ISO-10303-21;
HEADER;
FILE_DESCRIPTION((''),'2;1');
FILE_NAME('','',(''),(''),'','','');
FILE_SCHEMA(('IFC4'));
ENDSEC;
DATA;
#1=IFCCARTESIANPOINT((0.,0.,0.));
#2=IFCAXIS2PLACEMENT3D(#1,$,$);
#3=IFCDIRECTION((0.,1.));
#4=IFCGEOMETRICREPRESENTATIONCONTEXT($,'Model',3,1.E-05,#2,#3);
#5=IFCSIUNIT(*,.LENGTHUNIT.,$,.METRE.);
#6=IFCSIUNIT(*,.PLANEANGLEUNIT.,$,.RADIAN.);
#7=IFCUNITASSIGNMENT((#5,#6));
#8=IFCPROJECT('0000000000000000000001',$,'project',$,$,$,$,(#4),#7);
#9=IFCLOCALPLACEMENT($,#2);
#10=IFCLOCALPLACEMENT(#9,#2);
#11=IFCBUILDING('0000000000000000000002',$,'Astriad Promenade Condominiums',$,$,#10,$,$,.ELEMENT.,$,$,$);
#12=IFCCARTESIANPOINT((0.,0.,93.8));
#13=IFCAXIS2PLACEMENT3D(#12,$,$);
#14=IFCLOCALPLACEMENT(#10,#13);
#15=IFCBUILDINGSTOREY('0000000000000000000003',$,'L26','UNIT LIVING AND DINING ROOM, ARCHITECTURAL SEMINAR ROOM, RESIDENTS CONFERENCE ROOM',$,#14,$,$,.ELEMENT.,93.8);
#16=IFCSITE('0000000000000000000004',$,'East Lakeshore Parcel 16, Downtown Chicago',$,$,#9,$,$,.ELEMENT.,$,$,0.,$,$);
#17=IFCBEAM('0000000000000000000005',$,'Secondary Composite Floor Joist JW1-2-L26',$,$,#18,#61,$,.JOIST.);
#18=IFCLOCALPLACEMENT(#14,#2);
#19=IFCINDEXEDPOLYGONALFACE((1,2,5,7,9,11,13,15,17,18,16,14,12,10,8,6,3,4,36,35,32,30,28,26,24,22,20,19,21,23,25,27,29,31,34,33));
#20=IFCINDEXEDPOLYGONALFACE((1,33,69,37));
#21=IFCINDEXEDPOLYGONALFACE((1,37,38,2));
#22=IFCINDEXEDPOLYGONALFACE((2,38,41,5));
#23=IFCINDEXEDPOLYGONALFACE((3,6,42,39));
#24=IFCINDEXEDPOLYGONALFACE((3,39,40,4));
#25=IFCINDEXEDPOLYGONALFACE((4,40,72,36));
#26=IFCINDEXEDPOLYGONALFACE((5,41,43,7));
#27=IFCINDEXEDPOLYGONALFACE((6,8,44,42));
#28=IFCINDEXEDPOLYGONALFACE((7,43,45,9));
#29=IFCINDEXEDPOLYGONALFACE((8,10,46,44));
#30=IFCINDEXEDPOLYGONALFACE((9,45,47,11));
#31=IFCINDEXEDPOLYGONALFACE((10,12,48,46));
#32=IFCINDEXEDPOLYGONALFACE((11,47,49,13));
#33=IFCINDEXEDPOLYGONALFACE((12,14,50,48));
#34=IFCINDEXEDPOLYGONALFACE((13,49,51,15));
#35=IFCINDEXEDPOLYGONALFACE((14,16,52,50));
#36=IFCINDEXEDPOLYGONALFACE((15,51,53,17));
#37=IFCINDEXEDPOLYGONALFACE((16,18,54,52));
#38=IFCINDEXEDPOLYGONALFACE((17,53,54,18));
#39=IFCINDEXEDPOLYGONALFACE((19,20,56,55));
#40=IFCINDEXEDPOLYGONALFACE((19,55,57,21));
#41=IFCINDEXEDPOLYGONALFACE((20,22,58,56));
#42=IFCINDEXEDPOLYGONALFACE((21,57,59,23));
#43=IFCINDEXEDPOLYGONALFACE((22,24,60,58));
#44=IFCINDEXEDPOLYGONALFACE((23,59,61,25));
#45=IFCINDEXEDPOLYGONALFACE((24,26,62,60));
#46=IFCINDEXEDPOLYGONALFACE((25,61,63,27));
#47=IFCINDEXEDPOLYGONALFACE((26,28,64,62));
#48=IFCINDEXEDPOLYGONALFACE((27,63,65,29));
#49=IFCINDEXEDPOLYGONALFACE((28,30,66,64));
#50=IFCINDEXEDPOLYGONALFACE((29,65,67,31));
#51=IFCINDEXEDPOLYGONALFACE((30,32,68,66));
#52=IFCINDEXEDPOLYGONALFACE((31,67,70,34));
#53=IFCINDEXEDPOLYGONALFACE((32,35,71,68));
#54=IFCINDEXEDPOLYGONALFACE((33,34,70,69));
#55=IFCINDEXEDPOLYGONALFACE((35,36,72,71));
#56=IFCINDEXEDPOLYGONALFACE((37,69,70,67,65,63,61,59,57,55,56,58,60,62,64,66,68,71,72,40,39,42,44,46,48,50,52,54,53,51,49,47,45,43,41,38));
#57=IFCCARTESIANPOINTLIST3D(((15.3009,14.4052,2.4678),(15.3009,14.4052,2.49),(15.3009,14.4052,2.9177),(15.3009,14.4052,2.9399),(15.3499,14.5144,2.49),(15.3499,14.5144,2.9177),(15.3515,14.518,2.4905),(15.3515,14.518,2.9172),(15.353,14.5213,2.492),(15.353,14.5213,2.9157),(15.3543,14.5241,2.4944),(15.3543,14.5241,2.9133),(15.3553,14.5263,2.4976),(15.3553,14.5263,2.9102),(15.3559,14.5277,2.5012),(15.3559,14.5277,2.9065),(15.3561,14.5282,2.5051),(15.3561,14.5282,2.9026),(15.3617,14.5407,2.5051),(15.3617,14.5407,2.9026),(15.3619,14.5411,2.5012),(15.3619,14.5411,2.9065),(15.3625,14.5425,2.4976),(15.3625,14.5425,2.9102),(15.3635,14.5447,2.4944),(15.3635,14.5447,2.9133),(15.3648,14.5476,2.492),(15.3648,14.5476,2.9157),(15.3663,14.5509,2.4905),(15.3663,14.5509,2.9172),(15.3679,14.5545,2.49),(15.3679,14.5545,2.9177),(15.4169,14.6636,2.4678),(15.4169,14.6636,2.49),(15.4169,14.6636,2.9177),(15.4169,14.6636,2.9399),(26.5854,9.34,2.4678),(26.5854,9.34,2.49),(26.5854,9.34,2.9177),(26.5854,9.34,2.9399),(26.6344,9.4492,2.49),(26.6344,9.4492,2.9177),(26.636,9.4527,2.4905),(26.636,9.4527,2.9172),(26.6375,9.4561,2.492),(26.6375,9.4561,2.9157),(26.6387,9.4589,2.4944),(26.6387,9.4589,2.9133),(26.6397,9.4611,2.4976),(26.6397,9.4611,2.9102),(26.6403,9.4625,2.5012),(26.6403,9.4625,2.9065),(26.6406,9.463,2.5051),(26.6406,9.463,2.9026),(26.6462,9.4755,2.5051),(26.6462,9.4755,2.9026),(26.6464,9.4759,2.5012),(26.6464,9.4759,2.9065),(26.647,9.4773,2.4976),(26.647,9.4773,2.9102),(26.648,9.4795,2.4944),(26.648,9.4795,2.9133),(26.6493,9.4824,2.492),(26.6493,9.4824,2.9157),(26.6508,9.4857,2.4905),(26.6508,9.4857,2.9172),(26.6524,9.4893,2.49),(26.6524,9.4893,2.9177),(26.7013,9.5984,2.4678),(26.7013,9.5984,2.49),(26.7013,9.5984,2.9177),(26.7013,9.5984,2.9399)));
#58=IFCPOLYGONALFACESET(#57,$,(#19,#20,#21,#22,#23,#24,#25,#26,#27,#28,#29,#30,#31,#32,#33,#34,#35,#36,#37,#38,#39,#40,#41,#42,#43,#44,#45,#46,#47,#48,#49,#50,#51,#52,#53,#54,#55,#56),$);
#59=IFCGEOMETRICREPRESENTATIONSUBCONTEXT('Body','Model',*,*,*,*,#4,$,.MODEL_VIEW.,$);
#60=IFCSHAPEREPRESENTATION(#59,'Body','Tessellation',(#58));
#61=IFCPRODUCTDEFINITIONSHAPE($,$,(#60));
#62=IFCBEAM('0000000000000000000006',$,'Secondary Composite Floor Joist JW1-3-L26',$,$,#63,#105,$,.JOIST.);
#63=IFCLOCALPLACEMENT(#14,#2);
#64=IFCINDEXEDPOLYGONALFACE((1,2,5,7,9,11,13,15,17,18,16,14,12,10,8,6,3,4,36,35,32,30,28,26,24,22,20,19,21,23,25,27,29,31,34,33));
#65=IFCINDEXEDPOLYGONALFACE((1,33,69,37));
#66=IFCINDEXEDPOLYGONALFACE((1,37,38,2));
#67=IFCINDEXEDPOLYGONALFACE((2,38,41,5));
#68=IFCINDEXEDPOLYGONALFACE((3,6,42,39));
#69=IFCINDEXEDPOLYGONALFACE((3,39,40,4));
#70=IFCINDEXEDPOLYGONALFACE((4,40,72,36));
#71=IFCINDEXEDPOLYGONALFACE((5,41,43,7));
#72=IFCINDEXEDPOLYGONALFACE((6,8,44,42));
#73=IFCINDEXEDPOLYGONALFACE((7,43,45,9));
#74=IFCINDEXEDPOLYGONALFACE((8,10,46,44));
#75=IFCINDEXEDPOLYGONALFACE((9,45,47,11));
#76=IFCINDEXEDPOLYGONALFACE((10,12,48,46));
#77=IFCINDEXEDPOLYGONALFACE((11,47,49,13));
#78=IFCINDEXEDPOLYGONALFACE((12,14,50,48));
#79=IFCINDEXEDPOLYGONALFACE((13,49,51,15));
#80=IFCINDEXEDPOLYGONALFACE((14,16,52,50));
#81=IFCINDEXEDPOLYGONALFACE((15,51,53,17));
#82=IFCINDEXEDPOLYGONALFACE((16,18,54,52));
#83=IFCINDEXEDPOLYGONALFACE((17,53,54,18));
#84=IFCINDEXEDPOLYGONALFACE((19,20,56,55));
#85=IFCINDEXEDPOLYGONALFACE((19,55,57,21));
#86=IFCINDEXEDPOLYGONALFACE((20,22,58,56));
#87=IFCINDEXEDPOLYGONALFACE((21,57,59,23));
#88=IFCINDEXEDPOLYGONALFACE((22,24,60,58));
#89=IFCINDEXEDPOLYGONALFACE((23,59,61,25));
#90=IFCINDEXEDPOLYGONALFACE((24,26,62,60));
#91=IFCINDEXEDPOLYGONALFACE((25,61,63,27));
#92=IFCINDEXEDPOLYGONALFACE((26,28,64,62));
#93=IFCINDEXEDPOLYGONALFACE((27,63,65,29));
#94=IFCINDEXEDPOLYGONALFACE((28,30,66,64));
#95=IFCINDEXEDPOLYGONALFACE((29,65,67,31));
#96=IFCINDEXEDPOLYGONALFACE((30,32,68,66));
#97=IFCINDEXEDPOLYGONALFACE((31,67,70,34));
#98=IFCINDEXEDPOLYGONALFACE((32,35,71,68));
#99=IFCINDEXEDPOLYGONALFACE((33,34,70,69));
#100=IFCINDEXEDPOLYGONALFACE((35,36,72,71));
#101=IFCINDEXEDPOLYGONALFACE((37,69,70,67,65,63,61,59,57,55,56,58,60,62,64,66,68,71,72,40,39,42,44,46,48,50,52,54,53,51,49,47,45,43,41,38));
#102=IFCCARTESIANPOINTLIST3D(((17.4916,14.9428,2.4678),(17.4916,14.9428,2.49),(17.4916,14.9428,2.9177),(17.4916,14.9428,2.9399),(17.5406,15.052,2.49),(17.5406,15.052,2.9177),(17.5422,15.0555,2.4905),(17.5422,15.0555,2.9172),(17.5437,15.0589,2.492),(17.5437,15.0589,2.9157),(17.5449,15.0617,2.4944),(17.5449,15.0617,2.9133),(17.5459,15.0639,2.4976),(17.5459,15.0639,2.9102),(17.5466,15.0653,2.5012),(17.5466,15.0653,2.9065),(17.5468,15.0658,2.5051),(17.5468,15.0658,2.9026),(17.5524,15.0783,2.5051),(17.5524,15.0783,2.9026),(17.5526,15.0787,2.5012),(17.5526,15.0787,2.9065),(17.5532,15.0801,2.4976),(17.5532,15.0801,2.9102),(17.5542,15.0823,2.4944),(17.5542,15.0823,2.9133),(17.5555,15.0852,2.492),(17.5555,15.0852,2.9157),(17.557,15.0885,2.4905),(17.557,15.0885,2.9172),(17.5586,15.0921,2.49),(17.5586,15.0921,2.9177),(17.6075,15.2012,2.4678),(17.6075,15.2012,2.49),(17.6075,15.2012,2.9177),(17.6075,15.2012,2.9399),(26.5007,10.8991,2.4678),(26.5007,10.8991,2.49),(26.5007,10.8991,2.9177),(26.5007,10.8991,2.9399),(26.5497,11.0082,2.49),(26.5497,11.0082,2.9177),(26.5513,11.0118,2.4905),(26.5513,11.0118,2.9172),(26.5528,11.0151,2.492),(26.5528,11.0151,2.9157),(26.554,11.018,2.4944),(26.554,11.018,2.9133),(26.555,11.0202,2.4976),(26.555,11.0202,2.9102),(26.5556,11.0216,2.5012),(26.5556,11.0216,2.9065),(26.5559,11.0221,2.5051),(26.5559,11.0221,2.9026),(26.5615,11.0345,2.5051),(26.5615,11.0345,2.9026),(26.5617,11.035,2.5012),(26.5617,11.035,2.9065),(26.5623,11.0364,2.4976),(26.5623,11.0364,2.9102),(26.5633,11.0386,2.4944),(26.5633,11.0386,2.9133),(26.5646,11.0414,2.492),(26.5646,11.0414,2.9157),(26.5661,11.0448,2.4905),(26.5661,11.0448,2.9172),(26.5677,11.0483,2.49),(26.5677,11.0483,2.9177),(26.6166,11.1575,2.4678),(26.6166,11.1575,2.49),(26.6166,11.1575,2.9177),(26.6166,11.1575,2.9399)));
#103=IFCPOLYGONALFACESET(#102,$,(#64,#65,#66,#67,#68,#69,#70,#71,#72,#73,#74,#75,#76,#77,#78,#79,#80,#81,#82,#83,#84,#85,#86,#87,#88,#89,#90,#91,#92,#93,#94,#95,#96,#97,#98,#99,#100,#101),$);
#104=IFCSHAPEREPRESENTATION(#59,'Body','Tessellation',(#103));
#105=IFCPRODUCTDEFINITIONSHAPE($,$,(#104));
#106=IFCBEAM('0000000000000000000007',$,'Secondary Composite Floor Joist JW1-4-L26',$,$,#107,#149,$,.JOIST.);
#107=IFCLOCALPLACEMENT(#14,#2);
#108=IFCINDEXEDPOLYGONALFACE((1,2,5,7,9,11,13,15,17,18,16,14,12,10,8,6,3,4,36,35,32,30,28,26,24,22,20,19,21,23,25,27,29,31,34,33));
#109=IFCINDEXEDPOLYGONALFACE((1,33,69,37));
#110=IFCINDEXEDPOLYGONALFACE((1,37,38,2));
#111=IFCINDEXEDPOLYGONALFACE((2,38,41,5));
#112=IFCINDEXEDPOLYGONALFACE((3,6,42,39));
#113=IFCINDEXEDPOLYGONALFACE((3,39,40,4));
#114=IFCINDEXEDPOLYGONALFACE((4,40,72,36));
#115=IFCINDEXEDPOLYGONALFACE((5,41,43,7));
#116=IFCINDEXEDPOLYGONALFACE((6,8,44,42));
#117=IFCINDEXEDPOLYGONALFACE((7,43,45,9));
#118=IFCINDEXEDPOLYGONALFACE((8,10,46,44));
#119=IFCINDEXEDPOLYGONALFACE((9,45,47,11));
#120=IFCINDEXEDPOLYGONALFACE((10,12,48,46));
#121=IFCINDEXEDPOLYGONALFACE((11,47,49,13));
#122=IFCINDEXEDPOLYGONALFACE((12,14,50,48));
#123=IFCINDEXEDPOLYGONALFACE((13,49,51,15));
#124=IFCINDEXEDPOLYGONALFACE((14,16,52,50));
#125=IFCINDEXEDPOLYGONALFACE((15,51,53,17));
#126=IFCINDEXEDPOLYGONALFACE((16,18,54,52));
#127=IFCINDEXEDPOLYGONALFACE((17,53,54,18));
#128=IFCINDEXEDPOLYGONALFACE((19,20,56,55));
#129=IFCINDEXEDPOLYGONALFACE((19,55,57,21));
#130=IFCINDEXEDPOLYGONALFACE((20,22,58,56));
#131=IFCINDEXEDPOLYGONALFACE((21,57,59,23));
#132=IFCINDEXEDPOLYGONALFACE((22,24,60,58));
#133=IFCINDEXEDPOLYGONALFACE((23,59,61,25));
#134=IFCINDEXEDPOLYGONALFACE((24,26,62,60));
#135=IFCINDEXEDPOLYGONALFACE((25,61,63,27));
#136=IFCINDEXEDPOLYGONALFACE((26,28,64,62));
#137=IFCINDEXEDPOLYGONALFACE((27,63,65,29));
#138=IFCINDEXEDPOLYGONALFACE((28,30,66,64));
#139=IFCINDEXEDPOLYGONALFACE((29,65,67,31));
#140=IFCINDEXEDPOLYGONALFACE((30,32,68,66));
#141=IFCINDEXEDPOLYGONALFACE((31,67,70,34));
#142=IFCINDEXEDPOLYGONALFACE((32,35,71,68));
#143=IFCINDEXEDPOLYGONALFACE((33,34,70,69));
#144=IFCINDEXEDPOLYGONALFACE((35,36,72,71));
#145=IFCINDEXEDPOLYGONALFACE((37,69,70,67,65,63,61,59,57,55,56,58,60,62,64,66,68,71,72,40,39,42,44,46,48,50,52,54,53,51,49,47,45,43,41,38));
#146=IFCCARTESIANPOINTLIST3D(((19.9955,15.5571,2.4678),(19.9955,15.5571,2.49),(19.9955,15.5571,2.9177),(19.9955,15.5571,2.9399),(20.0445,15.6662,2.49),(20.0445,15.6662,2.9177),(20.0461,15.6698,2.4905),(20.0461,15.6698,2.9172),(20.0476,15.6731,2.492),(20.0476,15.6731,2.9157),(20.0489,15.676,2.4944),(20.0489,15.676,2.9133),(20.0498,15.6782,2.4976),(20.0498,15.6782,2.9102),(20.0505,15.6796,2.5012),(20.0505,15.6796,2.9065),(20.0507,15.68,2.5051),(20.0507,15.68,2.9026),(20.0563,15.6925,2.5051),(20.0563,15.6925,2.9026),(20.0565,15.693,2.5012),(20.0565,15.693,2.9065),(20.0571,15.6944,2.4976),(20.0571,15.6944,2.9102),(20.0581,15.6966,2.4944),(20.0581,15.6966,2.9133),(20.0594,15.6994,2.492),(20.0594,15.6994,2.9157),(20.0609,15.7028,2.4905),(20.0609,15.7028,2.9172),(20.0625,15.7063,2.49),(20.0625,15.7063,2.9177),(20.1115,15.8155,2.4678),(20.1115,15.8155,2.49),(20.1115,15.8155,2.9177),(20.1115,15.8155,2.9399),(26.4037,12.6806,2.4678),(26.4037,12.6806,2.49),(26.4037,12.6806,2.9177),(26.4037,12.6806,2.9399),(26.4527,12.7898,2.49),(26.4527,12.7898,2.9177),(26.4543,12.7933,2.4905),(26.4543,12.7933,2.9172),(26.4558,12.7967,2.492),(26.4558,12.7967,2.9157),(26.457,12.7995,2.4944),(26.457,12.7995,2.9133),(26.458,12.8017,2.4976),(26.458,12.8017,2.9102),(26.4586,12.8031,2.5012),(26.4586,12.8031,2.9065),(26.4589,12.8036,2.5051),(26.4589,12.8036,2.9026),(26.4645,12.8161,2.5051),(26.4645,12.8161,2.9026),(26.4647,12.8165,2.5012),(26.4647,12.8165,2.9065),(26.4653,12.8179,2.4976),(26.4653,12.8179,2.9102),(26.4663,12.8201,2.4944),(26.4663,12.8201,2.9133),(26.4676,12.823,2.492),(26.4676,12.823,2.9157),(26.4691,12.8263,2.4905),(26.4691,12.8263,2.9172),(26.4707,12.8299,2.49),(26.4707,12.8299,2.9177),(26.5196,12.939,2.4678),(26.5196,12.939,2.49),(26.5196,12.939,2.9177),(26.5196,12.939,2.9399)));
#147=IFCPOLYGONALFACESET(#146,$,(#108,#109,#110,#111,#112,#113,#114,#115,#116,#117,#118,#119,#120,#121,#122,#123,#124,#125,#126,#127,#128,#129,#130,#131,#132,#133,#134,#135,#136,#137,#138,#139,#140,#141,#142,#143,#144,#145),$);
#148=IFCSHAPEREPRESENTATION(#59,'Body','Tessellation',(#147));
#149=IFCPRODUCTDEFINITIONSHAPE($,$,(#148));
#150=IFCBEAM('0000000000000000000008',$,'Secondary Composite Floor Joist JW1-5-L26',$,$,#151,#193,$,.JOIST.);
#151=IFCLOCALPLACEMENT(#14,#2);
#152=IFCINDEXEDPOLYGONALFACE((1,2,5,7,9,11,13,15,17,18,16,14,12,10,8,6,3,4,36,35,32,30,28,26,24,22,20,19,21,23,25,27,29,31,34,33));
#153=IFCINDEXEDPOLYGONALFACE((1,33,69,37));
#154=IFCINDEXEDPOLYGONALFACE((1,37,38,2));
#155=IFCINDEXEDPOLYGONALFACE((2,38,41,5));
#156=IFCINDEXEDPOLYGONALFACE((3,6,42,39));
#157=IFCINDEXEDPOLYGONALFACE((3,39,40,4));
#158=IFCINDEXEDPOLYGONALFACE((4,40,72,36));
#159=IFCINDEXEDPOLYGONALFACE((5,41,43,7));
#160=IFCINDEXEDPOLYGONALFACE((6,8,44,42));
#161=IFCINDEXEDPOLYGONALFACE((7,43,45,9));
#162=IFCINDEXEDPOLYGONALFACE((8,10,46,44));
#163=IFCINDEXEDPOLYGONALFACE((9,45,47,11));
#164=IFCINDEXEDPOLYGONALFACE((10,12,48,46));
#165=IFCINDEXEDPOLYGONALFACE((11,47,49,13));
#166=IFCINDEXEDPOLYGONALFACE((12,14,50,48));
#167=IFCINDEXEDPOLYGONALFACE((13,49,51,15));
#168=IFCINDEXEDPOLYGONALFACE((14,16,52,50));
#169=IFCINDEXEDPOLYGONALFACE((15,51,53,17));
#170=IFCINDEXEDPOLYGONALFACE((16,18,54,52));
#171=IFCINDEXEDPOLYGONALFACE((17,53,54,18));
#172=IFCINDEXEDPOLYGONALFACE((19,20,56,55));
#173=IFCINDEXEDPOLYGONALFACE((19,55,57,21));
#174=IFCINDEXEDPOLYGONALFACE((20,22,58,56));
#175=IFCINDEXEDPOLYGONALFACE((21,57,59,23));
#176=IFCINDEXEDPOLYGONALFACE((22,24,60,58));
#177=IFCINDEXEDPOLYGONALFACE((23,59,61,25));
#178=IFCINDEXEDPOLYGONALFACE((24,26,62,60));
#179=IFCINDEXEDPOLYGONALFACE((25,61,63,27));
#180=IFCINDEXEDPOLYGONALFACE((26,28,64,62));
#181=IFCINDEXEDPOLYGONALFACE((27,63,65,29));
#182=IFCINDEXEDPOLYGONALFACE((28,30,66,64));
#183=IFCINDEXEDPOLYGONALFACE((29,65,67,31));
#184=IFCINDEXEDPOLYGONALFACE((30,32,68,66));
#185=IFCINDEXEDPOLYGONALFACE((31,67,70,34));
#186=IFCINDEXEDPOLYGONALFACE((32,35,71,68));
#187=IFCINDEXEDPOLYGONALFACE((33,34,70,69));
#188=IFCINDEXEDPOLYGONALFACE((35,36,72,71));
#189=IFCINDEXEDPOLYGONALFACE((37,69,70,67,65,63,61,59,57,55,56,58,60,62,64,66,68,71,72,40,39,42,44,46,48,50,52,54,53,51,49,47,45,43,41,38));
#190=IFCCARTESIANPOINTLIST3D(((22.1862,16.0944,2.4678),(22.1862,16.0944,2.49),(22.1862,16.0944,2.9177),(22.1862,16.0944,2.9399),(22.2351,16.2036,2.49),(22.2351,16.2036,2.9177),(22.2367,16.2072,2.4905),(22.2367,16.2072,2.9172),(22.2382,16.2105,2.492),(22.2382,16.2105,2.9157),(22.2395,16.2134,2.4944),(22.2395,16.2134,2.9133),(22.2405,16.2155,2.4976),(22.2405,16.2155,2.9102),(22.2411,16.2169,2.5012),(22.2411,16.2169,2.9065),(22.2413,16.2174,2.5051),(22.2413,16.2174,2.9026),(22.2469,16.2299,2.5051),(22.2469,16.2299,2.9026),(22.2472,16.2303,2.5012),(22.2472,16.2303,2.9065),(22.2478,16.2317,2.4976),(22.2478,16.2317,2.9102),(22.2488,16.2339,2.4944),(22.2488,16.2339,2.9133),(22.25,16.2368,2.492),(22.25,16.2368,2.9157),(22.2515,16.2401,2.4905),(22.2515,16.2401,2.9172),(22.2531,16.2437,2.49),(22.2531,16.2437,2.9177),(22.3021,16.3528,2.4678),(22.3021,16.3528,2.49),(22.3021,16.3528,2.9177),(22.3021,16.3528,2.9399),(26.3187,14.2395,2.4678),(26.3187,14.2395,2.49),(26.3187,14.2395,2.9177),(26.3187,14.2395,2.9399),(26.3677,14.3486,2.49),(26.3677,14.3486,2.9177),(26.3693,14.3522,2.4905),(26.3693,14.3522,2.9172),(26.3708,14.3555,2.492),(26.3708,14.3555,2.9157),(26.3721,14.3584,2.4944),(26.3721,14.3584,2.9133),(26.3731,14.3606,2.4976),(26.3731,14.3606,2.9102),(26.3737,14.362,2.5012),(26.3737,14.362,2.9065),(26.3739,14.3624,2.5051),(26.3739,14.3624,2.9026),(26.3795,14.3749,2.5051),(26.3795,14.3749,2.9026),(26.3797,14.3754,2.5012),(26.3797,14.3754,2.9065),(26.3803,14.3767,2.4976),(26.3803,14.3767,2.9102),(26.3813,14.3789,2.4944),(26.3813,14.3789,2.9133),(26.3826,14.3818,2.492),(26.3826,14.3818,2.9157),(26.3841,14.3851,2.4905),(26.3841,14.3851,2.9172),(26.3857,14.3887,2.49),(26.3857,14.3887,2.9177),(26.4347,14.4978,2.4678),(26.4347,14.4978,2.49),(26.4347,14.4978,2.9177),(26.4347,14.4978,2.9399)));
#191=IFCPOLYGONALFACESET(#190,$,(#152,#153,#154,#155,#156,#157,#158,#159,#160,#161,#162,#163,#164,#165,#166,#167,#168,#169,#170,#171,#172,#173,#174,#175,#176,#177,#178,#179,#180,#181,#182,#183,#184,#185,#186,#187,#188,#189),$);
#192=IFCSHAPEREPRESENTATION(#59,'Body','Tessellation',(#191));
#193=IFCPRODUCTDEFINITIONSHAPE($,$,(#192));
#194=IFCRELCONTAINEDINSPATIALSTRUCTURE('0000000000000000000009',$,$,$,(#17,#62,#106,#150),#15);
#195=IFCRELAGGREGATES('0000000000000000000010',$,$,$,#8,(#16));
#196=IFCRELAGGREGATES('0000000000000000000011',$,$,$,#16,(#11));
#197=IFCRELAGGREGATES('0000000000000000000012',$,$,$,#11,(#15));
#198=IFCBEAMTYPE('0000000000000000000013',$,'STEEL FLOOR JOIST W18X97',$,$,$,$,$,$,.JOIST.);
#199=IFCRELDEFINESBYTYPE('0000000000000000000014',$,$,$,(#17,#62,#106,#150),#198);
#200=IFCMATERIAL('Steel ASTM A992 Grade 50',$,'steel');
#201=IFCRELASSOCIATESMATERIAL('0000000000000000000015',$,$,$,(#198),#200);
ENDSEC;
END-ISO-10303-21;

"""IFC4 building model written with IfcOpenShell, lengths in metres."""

from ifc_helpers import new_model, si_unit, direction, frame, origin, origin_2d, place, context, subcontext, project, spatial, i_section, extrude, source, transform, mapped, material, material_profile, profile_set, type_object, element, save


model = new_model("IFC4")

# Units and contexts
model_context = context("Model", 3, precision=1e-05, world=origin(), true_north=direction((0.0, 1.0)))
body_context = subcontext(model_context, "Body", "Model", "MODEL_VIEW")
ifc_project = project(units=[si_unit("LENGTHUNIT", "METRE"), si_unit("PLANEANGLEUNIT", "RADIAN")], contexts=[model_context])

# Site, building, storey
site_placement = place(None, origin())
site = spatial("IfcSite", under=ifc_project, at=site_placement, Name="East Lakeshore Parcel 16, Downtown Chicago", CompositionType="ELEMENT", RefElevation=0.0)
building_placement = place(site_placement, origin())
building = spatial("IfcBuilding", under=site, at=building_placement, Name="Astriad Promenade Condominiums", CompositionType="ELEMENT")
storey_placement = place(building_placement, frame((0.0, 0.0, 93.8)))
storey = spatial("IfcBuildingStorey", under=building, at=storey_placement, Name="L26", Description="UNIT LIVING AND DINING ROOM, ARCHITECTURAL SEMINAR ROOM, RESIDENTS CONFERENCE ROOM", CompositionType="ELEMENT", Elevation=93.8)

# Beams
ifc_material_1 = material(Name="Steel ASTM A992 Grade 50", Category="steel")
ifc_material_profile_1 = material_profile(ifc_material_1, i_section(OverallWidth=0.2832, OverallDepth=0.4722, WebThickness=0.0137, FlangeThickness=0.0222, FilletRadius=0.0151, at=origin_2d()), Name="W18X97")
ifc_profile_set_1 = profile_set([ifc_material_profile_1], Name="Steel ASTM A992 Grade 50")
beam_type_1 = type_object("IfcBeamType", Name="STEEL FLOOR JOIST W18X97", PredefinedType="JOIST", material=ifc_profile_set_1)
shared_shape_1 = source(origin(), body_context, "Body", "SweptSolid", [
    extrude(i_section(OverallWidth=0.2832, OverallDepth=0.4722, WebThickness=0.0137, FlangeThickness=0.0222, FilletRadius=0.0151, at=origin_2d()), origin(), (0.0, 0.0, 1.0), 12.3691),
])
beam_1_placement = place(storey_placement, frame((15.3589, 14.5344, 2.7039), z_axis=(0.912309, -0.409504, 0.0), x_axis=(0.409504, 0.912309, 0.0)))
element("IfcBeam", 1, at=beam_1_placement, inside=storey, type_object=beam_type_1, Name="Secondary Composite Floor Joist JW1-2-L26", PredefinedType="JOIST", context=body_context, shape_type="MappedRepresentation", body=[
    mapped(shared_shape_1, transform((0.0, 0.0, 0.0), scale=1.0)),
])
shared_shape_2 = source(origin(), body_context, "Body", "SweptSolid", [
    extrude(i_section(OverallWidth=0.2832, OverallDepth=0.4722, WebThickness=0.0137, FlangeThickness=0.0222, FilletRadius=0.0151, at=origin_2d()), origin(), (0.0, 0.0, 1.0), 9.875),
])
beam_2_placement = place(storey_placement, frame((17.5496, 15.072, 2.7039), z_axis=(0.912314, -0.409492, 0.0), x_axis=(0.409492, 0.912314, 0.0)))
element("IfcBeam", 2, at=beam_2_placement, inside=storey, type_object=beam_type_1, Name="Secondary Composite Floor Joist JW1-3-L26", PredefinedType="JOIST", context=body_context, shape_type="MappedRepresentation", body=[
    mapped(shared_shape_2, transform((0.0, 0.0, 0.0), scale=1.0)),
])
shared_shape_3 = source(origin(), body_context, "Body", "SweptSolid", [
    extrude(i_section(OverallWidth=0.2832, OverallDepth=0.4722, WebThickness=0.0137, FlangeThickness=0.0222, FilletRadius=0.0151, at=origin_2d()), origin(), (0.0, 0.0, 1.0), 7.0242),
])
beam_3_placement = place(storey_placement, frame((20.0535, 15.6863, 2.7039), z_axis=(0.912306, -0.409509, 0.0), x_axis=(0.409509, 0.912306, 0.0)))
element("IfcBeam", 3, at=beam_3_placement, inside=storey, type_object=beam_type_1, Name="Secondary Composite Floor Joist JW1-4-L26", PredefinedType="JOIST", context=body_context, shape_type="MappedRepresentation", body=[
    mapped(shared_shape_3, transform((0.0, 0.0, 0.0), scale=1.0)),
])
shared_shape_4 = source(origin(), body_context, "Body", "SweptSolid", [
    extrude(i_section(OverallWidth=0.2832, OverallDepth=0.4722, WebThickness=0.0137, FlangeThickness=0.0222, FilletRadius=0.0151, at=origin_2d()), origin(), (0.0, 0.0, 1.0), 4.5298),
])
beam_4_placement = place(storey_placement, frame((22.2441, 16.2236, 2.7039), z_axis=(0.912307, -0.409506, 0.0), x_axis=(0.409506, 0.912307, 0.0)))
element("IfcBeam", 4, at=beam_4_placement, inside=storey, type_object=beam_type_1, Name="Secondary Composite Floor Joist JW1-5-L26", PredefinedType="JOIST", context=body_context, shape_type="MappedRepresentation", body=[
    mapped(shared_shape_4, transform((0.0, 0.0, 0.0), scale=1.0)),
])

save(model, "model.ifc")
